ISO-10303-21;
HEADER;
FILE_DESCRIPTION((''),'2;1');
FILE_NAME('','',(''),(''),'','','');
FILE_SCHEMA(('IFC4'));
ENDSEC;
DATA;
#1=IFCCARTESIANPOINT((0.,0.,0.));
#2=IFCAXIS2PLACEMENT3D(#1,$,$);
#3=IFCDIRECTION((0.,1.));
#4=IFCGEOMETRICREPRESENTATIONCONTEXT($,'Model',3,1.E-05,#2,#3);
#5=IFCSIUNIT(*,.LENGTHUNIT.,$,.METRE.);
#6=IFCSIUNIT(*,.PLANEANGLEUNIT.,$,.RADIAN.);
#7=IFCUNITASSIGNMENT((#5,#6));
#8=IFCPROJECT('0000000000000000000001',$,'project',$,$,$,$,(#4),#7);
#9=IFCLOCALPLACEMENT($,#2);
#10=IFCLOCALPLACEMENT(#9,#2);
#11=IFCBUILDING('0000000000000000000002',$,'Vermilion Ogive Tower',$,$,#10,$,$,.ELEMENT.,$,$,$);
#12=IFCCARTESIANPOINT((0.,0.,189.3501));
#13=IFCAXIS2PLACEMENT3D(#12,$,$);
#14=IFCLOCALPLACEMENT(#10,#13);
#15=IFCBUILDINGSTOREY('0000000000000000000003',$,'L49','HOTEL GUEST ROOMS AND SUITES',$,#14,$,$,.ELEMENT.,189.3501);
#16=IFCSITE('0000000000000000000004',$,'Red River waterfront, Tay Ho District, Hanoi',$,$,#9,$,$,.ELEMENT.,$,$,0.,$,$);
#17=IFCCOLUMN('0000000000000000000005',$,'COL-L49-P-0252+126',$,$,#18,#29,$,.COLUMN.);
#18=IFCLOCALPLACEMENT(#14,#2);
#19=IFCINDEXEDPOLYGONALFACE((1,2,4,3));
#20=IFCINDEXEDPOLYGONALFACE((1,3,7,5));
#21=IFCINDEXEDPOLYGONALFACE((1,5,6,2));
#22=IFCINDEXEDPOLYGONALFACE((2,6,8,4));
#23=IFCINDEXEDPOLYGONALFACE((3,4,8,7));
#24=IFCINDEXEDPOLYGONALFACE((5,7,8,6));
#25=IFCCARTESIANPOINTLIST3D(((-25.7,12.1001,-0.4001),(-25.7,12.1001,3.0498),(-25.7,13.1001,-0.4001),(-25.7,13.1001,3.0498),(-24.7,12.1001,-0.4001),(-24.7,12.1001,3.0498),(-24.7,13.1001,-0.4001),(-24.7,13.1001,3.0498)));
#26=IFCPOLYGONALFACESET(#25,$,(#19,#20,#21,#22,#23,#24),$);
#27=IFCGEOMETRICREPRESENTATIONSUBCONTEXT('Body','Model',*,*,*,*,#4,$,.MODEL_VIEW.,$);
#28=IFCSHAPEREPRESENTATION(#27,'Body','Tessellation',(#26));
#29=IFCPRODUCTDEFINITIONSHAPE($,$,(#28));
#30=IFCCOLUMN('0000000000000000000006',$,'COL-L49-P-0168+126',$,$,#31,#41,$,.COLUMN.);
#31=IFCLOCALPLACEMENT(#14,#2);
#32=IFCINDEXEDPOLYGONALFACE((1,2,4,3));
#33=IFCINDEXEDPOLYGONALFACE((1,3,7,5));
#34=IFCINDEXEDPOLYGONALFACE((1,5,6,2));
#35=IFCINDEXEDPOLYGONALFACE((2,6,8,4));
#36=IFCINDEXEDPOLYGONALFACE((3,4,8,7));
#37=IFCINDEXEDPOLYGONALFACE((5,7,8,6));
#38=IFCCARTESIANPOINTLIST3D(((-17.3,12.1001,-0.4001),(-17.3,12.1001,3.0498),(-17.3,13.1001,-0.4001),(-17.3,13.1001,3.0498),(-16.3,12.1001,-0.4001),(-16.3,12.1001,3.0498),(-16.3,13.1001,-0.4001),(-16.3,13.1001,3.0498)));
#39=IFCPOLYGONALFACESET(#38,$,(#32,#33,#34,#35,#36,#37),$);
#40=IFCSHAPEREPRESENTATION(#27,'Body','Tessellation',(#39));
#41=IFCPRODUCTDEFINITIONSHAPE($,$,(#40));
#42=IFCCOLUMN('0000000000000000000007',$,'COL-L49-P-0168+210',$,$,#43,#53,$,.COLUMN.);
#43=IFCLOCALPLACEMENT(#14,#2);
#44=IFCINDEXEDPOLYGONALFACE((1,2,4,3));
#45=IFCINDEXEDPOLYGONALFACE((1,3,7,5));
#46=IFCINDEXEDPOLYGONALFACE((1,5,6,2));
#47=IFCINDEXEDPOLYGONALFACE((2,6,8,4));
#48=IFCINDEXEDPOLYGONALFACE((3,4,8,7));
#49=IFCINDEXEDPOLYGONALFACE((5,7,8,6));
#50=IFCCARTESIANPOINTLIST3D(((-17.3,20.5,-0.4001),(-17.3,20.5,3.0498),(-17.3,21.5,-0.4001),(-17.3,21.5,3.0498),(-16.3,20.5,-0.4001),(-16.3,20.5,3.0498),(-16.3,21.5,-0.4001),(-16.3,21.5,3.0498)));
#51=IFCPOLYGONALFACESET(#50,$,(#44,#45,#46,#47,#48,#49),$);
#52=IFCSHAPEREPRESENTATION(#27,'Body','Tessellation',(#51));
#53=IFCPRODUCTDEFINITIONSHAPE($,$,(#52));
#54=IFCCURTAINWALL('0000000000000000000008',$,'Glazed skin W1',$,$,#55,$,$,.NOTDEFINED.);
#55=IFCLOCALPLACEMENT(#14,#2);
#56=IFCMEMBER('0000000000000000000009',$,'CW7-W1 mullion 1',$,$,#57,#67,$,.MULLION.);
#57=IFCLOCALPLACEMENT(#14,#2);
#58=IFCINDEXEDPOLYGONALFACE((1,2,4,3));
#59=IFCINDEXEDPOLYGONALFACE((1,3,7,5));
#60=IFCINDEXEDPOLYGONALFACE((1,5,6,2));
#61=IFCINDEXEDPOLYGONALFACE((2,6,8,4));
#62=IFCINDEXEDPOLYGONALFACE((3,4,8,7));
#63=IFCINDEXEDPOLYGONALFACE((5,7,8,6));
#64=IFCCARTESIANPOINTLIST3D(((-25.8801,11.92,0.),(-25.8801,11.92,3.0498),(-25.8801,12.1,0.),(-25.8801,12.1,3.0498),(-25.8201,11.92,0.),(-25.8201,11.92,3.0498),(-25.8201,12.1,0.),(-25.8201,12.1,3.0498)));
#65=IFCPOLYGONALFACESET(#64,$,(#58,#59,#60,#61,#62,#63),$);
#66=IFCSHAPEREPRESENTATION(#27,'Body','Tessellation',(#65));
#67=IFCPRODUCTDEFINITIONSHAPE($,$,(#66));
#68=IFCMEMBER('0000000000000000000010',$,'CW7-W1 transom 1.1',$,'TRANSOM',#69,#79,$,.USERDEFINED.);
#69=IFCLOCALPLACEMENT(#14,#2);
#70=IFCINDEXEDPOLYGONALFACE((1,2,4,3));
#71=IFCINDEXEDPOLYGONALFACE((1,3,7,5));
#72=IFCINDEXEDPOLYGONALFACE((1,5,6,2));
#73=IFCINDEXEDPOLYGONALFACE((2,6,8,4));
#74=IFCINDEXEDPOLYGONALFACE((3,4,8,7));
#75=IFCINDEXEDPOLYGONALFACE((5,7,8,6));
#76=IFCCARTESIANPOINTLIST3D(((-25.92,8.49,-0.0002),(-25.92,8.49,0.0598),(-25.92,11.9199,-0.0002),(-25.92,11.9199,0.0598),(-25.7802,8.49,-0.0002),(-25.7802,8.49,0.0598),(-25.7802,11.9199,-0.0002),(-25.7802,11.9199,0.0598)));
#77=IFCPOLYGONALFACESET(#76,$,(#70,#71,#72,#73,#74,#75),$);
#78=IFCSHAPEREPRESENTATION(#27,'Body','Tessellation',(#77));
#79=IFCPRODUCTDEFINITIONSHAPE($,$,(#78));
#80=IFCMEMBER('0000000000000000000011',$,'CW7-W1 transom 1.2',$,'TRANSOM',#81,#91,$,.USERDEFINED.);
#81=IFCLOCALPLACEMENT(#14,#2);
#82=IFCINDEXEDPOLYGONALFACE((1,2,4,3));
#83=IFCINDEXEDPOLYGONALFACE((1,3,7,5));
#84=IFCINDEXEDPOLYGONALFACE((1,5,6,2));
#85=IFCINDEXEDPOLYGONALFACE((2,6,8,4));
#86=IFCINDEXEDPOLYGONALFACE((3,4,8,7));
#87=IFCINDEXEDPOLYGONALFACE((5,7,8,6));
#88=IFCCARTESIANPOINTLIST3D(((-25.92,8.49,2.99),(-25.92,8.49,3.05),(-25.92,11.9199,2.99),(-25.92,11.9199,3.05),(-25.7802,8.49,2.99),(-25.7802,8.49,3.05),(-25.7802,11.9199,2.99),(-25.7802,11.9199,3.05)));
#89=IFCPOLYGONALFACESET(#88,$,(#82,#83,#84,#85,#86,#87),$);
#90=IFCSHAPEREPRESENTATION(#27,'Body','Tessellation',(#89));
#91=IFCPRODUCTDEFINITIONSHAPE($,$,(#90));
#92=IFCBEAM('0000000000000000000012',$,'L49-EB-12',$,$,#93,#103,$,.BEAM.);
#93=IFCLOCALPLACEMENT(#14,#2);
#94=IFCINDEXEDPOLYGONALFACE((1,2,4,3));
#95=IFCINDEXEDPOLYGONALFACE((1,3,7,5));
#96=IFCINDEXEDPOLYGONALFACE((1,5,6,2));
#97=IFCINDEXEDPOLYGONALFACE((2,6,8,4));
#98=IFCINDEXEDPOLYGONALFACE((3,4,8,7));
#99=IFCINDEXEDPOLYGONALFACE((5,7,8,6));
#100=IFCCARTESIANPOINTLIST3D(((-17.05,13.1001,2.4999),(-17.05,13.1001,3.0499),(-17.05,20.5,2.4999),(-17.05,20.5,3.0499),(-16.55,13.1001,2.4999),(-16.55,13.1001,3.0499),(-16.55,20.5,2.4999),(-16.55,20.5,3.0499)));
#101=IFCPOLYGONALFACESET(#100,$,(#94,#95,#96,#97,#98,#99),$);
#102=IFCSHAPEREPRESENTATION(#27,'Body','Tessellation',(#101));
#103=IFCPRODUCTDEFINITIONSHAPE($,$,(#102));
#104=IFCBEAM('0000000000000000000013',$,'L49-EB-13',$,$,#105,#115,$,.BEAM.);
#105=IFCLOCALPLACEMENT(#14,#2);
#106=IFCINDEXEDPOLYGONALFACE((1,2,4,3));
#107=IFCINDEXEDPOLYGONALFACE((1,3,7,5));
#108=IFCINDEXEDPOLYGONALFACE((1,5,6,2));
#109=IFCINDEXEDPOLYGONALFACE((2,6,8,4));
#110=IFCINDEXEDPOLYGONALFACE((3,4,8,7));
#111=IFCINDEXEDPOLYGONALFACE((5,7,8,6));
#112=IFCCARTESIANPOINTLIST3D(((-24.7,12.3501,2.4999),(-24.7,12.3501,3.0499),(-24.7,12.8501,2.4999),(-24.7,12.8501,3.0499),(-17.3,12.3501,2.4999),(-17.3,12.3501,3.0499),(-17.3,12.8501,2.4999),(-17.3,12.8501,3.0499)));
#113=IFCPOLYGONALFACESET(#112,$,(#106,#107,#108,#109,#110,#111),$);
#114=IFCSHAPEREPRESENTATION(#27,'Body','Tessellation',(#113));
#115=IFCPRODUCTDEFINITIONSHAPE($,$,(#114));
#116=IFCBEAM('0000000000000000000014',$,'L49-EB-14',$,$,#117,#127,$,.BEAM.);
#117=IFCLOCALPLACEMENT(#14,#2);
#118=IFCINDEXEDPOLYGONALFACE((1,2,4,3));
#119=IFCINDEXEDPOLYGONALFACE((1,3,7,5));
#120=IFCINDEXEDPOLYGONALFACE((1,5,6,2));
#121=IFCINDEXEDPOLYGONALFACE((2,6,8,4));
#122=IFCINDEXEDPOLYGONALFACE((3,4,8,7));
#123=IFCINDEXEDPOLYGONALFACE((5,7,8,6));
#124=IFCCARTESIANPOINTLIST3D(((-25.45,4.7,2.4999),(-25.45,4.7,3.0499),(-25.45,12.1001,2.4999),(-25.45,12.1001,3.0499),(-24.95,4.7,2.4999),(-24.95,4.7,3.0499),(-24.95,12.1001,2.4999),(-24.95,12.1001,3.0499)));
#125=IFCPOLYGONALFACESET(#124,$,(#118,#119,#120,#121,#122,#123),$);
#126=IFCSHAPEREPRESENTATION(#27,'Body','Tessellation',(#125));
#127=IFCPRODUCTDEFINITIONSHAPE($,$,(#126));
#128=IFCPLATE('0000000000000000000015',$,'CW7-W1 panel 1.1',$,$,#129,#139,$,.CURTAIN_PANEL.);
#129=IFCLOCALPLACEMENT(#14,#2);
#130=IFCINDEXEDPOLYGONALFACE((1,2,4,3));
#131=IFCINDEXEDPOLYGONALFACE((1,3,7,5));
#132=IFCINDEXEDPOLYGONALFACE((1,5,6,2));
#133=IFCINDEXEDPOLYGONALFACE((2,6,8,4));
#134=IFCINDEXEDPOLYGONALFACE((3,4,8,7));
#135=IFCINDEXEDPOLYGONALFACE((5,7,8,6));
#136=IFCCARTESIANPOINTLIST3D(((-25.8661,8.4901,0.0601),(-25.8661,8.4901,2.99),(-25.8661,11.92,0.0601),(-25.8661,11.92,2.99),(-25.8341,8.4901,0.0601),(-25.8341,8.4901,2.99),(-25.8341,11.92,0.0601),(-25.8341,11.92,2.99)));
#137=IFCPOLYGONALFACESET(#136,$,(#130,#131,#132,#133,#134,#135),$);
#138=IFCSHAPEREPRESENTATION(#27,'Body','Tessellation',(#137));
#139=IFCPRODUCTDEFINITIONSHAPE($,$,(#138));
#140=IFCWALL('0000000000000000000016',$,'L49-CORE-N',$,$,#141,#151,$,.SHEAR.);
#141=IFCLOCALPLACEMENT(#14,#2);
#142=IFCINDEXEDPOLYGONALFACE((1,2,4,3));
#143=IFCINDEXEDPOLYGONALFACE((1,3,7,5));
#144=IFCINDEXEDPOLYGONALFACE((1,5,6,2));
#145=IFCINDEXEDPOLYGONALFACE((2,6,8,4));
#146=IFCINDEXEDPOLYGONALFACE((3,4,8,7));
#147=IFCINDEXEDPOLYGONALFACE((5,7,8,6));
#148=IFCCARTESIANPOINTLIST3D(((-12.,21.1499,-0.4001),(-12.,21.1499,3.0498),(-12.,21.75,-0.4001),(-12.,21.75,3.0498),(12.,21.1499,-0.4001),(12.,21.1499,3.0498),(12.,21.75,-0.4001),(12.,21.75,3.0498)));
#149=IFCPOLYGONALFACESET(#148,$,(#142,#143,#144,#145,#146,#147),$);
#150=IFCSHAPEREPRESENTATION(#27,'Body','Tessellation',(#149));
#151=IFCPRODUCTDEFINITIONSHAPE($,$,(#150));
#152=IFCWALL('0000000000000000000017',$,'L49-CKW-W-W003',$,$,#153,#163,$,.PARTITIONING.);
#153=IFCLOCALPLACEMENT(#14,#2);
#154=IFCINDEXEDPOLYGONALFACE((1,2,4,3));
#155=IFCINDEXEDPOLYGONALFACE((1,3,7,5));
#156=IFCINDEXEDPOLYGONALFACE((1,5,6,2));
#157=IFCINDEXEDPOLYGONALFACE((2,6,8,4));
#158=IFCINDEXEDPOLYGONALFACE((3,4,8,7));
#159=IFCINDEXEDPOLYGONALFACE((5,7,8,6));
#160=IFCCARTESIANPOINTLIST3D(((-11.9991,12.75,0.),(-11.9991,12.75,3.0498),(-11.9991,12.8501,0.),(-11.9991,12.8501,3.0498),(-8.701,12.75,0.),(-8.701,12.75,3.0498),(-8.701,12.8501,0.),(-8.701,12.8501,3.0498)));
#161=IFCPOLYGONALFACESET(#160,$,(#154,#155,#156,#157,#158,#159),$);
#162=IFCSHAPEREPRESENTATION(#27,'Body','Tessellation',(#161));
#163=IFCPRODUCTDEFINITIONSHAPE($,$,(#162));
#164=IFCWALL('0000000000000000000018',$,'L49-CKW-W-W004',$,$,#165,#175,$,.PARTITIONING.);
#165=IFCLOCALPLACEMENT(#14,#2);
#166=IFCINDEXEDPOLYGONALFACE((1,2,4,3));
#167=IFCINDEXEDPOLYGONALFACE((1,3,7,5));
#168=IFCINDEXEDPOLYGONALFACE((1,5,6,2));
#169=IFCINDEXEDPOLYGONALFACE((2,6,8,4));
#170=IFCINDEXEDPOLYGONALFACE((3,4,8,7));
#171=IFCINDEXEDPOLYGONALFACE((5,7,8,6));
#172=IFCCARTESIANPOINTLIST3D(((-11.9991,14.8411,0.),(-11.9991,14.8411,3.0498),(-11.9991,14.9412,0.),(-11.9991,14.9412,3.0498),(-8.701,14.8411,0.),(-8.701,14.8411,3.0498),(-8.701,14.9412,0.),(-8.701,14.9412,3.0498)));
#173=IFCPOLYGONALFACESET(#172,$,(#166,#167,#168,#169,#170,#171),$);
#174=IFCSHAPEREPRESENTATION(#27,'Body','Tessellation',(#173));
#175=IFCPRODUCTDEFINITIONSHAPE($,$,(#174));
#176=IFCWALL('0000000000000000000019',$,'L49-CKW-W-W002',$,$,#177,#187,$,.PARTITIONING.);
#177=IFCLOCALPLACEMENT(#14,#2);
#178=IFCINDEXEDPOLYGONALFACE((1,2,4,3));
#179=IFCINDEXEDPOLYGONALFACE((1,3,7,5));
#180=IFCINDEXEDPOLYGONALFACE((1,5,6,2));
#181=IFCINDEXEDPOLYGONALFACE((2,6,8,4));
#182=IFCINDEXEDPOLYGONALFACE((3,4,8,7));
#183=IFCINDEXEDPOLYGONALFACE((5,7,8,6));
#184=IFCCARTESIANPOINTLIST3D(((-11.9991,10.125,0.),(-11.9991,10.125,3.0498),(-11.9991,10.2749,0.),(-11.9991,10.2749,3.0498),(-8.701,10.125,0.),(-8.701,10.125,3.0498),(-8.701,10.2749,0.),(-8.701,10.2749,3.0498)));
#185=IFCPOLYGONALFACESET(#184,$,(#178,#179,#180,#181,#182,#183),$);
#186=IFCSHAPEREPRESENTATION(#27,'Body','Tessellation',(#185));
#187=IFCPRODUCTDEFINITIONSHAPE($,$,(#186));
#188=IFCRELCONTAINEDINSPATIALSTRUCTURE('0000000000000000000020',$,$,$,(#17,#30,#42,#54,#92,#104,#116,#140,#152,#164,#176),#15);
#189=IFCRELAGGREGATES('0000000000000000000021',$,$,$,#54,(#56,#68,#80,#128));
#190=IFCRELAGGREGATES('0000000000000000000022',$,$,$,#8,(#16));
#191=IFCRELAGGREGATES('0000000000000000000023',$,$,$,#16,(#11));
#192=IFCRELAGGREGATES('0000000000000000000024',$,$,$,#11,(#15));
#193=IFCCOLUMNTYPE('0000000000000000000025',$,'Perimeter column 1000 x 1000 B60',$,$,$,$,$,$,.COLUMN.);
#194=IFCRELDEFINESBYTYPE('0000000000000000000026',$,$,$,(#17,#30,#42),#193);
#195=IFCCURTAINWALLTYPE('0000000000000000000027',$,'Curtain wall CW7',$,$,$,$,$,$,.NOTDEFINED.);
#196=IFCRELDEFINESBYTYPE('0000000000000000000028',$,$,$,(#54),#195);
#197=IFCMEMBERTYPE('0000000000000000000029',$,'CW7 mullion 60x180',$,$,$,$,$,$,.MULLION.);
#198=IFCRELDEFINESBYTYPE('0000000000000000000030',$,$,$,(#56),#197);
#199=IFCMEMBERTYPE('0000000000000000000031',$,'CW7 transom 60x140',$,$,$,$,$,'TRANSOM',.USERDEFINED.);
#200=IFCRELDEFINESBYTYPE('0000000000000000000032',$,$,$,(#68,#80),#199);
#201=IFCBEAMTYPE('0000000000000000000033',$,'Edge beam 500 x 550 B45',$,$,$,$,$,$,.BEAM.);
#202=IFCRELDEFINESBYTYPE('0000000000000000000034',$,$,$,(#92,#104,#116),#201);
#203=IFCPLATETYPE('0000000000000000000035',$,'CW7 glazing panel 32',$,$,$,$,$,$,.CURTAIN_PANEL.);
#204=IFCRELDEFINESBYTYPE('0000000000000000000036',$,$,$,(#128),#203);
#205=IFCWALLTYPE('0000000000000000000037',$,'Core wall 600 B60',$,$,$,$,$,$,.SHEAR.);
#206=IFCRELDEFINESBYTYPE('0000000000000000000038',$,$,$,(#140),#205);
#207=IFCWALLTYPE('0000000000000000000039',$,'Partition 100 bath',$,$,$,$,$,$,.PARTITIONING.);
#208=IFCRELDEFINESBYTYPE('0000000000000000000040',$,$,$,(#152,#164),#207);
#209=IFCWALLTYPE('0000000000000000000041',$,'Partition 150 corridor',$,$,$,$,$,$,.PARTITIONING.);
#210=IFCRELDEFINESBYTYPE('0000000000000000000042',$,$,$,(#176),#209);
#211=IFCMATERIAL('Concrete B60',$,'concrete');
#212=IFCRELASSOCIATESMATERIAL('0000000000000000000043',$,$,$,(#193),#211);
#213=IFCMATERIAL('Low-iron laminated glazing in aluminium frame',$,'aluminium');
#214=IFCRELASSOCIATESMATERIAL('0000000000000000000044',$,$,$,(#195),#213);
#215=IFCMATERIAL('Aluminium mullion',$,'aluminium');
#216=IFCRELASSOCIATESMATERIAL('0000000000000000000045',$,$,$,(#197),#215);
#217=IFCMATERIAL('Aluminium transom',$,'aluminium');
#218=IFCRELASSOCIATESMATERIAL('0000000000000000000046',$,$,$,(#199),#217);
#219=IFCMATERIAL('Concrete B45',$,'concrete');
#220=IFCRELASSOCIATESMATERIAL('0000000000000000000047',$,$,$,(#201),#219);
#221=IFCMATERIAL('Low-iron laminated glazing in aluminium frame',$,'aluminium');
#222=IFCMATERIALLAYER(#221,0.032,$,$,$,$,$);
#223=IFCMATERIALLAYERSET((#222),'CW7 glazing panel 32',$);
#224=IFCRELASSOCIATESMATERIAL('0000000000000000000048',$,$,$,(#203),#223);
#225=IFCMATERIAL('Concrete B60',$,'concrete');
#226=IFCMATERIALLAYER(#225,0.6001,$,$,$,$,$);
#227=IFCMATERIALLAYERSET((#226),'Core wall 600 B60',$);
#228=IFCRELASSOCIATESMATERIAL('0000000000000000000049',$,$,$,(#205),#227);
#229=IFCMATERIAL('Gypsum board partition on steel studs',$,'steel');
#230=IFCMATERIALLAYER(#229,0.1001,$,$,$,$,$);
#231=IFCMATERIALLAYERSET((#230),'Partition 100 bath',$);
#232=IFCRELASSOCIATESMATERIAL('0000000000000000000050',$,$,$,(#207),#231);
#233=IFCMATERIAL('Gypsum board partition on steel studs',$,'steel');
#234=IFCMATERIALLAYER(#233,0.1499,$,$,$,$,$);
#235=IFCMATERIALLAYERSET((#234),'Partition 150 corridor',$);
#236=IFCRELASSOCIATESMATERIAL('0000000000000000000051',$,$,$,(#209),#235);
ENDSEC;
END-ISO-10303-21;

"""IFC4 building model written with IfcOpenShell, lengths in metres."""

from ifc_helpers import new_model, si_unit, direction, frame, frame_2d, origin, origin_2d, place, context, subcontext, project, spatial, rectangle, extrude, material, layer, layer_set, material_profile, profile_set, type_object, element, aggregate, save


model = new_model("IFC4")

# Units and contexts
model_context = context("Model", 3, precision=1e-05, world=origin(), true_north=direction((0.0, 1.0)))
body_context = subcontext(model_context, "Body", "Model", "MODEL_VIEW")
ifc_project = project(units=[si_unit("LENGTHUNIT", "METRE"), si_unit("PLANEANGLEUNIT", "RADIAN")], contexts=[model_context])

# Site, building, storey
site_placement = place(None, origin())
site = spatial("IfcSite", under=ifc_project, at=site_placement, Name="Red River waterfront, Tay Ho District, Hanoi", CompositionType="ELEMENT", RefElevation=0.0)
building_placement = place(site_placement, origin())
building = spatial("IfcBuilding", under=site, at=building_placement, Name="Vermilion Ogive Tower", CompositionType="ELEMENT")
storey_placement = place(building_placement, frame((0.0, 0.0, 189.3501)))
storey = spatial("IfcBuildingStorey", under=building, at=storey_placement, Name="L49", Description="HOTEL GUEST ROOMS AND SUITES", CompositionType="ELEMENT", Elevation=189.3501)

# Columns
ifc_material_1 = material(Name="Concrete B60", Category="concrete")
ifc_material_profile_1 = material_profile(ifc_material_1, rectangle(XDim=1.0, YDim=1.0, at=origin_2d()), Name="1000 x 1000")
ifc_profile_set_1 = profile_set([ifc_material_profile_1], Name="Concrete B60")
column_type = type_object("IfcColumnType", Name="Perimeter column 1000 x 1000 B60", PredefinedType="COLUMN", material=ifc_profile_set_1)
for number, where, z_axis, x_axis, name in (
    (1, (-25.2, 12.6001, -0.4001), (0.0, 0.0, 1.0), (1.0, 0.0, 0.0), "COL-L49-P-0252+126"),
    (2, (-16.8, 12.6001, -0.4001), (0.0, 0.0, 1.0), (1.0, 0.0, 0.0), "COL-L49-P-0168+126"),
    (3, (-16.8, 21.0, -0.4001), (0.0, 0.0, 1.0), (1.0, 0.0, 0.0), "COL-L49-P-0168+210"),
):
    element("IfcColumn", number, at=place(storey_placement, frame(where, z_axis=z_axis, x_axis=x_axis)), inside=storey, type_object=column_type, Name=name, PredefinedType="COLUMN", context=body_context, shape_type="SweptSolid", body=[
        extrude(rectangle(XDim=1.0, YDim=1.0, at=origin_2d()), origin(), (0.0, 0.0, 1.0), 3.45),
    ])

# Curtain wall, members
ifc_material_2 = material(Name="Low-iron laminated glazing in aluminium frame", Category="aluminium")
curtain_wall_type = type_object("IfcCurtainWallType", Name="Curtain wall CW7", PredefinedType="NOTDEFINED", material=ifc_material_2)
curtain_wall_placement = place(storey_placement, origin())
curtain_wall = element("IfcCurtainWall", 4, at=curtain_wall_placement, inside=storey, type_object=curtain_wall_type, Name="Glazed skin W1", PredefinedType="NOTDEFINED")
ifc_material_3 = material(Name="Aluminium mullion", Category="aluminium")
ifc_material_profile_2 = material_profile(ifc_material_3, rectangle(XDim=0.0601, YDim=0.1799, at=origin_2d()), Name="AL 60x180")
ifc_profile_set_2 = profile_set([ifc_material_profile_2], Name="Aluminium mullion")
member_type_1 = type_object("IfcMemberType", Name="CW7 mullion 60x180", PredefinedType="MULLION", material=ifc_profile_set_2)
member_1_placement = place(storey_placement, frame((-25.8501, 12.01, 0.0), z_axis=(0.0, 0.0, 1.0), x_axis=(1.0, 0.0, 0.0)))
member_1 = element("IfcMember", 5, at=member_1_placement, type_object=member_type_1, Name="CW7-W1 mullion 1", PredefinedType="MULLION", context=body_context, shape_type="SweptSolid", body=[
    extrude(rectangle(XDim=0.0601, YDim=0.1799, at=origin_2d()), origin(), (0.0, 0.0, 1.0), 3.0498),
])
ifc_material_4 = material(Name="Aluminium transom", Category="aluminium")
ifc_material_profile_3 = material_profile(ifc_material_4, rectangle(XDim=0.1399, YDim=0.0601, at=origin_2d()), Name="AL 60x140")
ifc_profile_set_3 = profile_set([ifc_material_profile_3], Name="Aluminium transom")
member_type_2 = type_object("IfcMemberType", Name="CW7 transom 60x140", ElementType="TRANSOM", PredefinedType="USERDEFINED", material=ifc_profile_set_3)
member_2_placement = place(storey_placement, frame((-25.8501, 11.9199, 0.0298), z_axis=(0.0, -1.0, 0.0), x_axis=(1.0, 0.0, 0.0)))
member_2 = element("IfcMember", 6, at=member_2_placement, type_object=member_type_2, Name="CW7-W1 transom 1.1", ObjectType="TRANSOM", PredefinedType="USERDEFINED", context=body_context, shape_type="SweptSolid", body=[
    extrude(rectangle(XDim=0.1399, YDim=0.0601, at=origin_2d()), origin(), (0.0, 0.0, 1.0), 3.4299),
])
member_3_placement = place(storey_placement, frame((-25.8501, 11.9199, 3.02), z_axis=(0.0, -1.0, 0.0), x_axis=(1.0, 0.0, 0.0)))
member_3 = element("IfcMember", 7, at=member_3_placement, type_object=member_type_2, Name="CW7-W1 transom 1.2", ObjectType="TRANSOM", PredefinedType="USERDEFINED", context=body_context, shape_type="SweptSolid", body=[
    extrude(rectangle(XDim=0.1399, YDim=0.0601, at=origin_2d()), origin(), (0.0, 0.0, 1.0), 3.4299),
])

# Beams
ifc_material_5 = material(Name="Concrete B45", Category="concrete")
ifc_material_profile_4 = material_profile(ifc_material_5, rectangle(XDim=0.5, YDim=0.55, at=origin_2d()), Name="500 x 550")
ifc_profile_set_4 = profile_set([ifc_material_profile_4], Name="Concrete B45")
beam_type = type_object("IfcBeamType", Name="Edge beam 500 x 550 B45", PredefinedType="BEAM", material=ifc_profile_set_4)
for number, where, z_axis, x_axis, name in (
    (8, (-16.8, 20.5, 2.7749), (0.0, -1.0, 0.0), (1.0, 0.0, 0.0), "L49-EB-12"),
    (9, (-17.3, 12.6001, 2.7749), (-1.0, 0.0, 0.0), (0.0, -1.0, 0.0), "L49-EB-13"),
):
    element("IfcBeam", number, at=place(storey_placement, frame(where, z_axis=z_axis, x_axis=x_axis)), inside=storey, type_object=beam_type, Name=name, PredefinedType="BEAM", context=body_context, shape_type="SweptSolid", body=[
        extrude(rectangle(XDim=0.5, YDim=0.55, at=origin_2d()), origin(), (0.0, 0.0, 1.0), 7.3999),
    ])
beam_placement = place(storey_placement, frame((-25.2, 12.1001, 2.7749), z_axis=(0.0, -1.0, 0.0), x_axis=(1.0, 0.0, 0.0)))
element("IfcBeam", 10, at=beam_placement, inside=storey, type_object=beam_type, Name="L49-EB-14", PredefinedType="BEAM", context=body_context, shape_type="SweptSolid", body=[
    extrude(rectangle(XDim=0.5, YDim=0.55, at=origin_2d()), origin(), (0.0, 0.0, 1.0), 7.4001),
])

# Plate
ifc_material_6 = material(Name="Low-iron laminated glazing in aluminium frame", Category="aluminium")
ifc_layer_1 = layer(ifc_material_6, 0.032)
ifc_layer_set_1 = layer_set([ifc_layer_1], Name="CW7 glazing panel 32")
plate_type = type_object("IfcPlateType", Name="CW7 glazing panel 32", PredefinedType="CURTAIN_PANEL", material=ifc_layer_set_1)
plate_placement = place(storey_placement, frame((-25.8501, 10.2051, 0.0601), z_axis=(0.0, 0.0, 1.0), x_axis=(0.0, -1.0, 0.0)))
plate = element("IfcPlate", 11, at=plate_placement, type_object=plate_type, Name="CW7-W1 panel 1.1", PredefinedType="CURTAIN_PANEL", context=body_context, shape_type="SweptSolid", body=[
    extrude(rectangle(XDim=3.4299, YDim=0.032, at=origin_2d()), origin(), (0.0, 0.0, 1.0), 2.9299),
])
aggregate(curtain_wall, [member_1, member_2, member_3, plate])

# Walls
ifc_material_7 = material(Name="Concrete B60", Category="concrete")
ifc_layer_2 = layer(ifc_material_7, 0.6001)
ifc_layer_set_2 = layer_set([ifc_layer_2], Name="Core wall 600 B60")
wall_type_1 = type_object("IfcWallType", Name="Core wall 600 B60", PredefinedType="SHEAR", material=ifc_layer_set_2)
wall_1_placement = place(storey_placement, frame((-12.0, 21.45, -0.4001), z_axis=(0.0, 0.0, 1.0), x_axis=(1.0, 0.0, 0.0)))
element("IfcWall", 12, at=wall_1_placement, inside=storey, type_object=wall_type_1, Name="L49-CORE-N", PredefinedType="SHEAR", context=body_context, shape_type="SweptSolid", body=[
    extrude(rectangle(XDim=24.0, YDim=0.6001, at=frame_2d((12.0, 0.0))), origin(), (0.0, 0.0, 1.0), 3.45),
])
ifc_material_8 = material(Name="Gypsum board partition on steel studs", Category="steel")
ifc_layer_3 = layer(ifc_material_8, 0.1001)
ifc_layer_set_3 = layer_set([ifc_layer_3], Name="Partition 100 bath")
wall_type_2 = type_object("IfcWallType", Name="Partition 100 bath", PredefinedType="PARTITIONING", material=ifc_layer_set_3)
for number, where, z_axis, x_axis, name in (
    (13, (-11.999, 12.8, 0.0), (0.0, 0.0, 1.0), (1.0, 0.0, 0.0), "L49-CKW-W-W003"),
    (14, (-11.999, 14.8911, 0.0), (0.0, 0.0, 1.0), (1.0, 0.0, 0.0), "L49-CKW-W-W004"),
):
    element("IfcWall", number, at=place(storey_placement, frame(where, z_axis=z_axis, x_axis=x_axis)), inside=storey, type_object=wall_type_2, Name=name, PredefinedType="PARTITIONING", context=body_context, shape_type="SweptSolid", body=[
        extrude(rectangle(XDim=3.2981, YDim=0.1001, at=frame_2d((1.6489, 0.0))), origin(), (0.0, 0.0, 1.0), 3.0498),
    ])
ifc_material_9 = material(Name="Gypsum board partition on steel studs", Category="steel")
ifc_layer_4 = layer(ifc_material_9, 0.1499)
ifc_layer_set_4 = layer_set([ifc_layer_4], Name="Partition 150 corridor")
wall_type_3 = type_object("IfcWallType", Name="Partition 150 corridor", PredefinedType="PARTITIONING", material=ifc_layer_set_4)
wall_2_placement = place(storey_placement, frame((-11.999, 10.2, 0.0), z_axis=(0.0, 0.0, 1.0), x_axis=(1.0, 0.0, 0.0)))
element("IfcWall", 15, at=wall_2_placement, inside=storey, type_object=wall_type_3, Name="L49-CKW-W-W002", PredefinedType="PARTITIONING", context=body_context, shape_type="SweptSolid", body=[
    extrude(rectangle(XDim=3.2981, YDim=0.1499, at=frame_2d((1.6489, 0.0))), origin(), (0.0, 0.0, 1.0), 3.0498),
])

save(model, "model.ifc")
